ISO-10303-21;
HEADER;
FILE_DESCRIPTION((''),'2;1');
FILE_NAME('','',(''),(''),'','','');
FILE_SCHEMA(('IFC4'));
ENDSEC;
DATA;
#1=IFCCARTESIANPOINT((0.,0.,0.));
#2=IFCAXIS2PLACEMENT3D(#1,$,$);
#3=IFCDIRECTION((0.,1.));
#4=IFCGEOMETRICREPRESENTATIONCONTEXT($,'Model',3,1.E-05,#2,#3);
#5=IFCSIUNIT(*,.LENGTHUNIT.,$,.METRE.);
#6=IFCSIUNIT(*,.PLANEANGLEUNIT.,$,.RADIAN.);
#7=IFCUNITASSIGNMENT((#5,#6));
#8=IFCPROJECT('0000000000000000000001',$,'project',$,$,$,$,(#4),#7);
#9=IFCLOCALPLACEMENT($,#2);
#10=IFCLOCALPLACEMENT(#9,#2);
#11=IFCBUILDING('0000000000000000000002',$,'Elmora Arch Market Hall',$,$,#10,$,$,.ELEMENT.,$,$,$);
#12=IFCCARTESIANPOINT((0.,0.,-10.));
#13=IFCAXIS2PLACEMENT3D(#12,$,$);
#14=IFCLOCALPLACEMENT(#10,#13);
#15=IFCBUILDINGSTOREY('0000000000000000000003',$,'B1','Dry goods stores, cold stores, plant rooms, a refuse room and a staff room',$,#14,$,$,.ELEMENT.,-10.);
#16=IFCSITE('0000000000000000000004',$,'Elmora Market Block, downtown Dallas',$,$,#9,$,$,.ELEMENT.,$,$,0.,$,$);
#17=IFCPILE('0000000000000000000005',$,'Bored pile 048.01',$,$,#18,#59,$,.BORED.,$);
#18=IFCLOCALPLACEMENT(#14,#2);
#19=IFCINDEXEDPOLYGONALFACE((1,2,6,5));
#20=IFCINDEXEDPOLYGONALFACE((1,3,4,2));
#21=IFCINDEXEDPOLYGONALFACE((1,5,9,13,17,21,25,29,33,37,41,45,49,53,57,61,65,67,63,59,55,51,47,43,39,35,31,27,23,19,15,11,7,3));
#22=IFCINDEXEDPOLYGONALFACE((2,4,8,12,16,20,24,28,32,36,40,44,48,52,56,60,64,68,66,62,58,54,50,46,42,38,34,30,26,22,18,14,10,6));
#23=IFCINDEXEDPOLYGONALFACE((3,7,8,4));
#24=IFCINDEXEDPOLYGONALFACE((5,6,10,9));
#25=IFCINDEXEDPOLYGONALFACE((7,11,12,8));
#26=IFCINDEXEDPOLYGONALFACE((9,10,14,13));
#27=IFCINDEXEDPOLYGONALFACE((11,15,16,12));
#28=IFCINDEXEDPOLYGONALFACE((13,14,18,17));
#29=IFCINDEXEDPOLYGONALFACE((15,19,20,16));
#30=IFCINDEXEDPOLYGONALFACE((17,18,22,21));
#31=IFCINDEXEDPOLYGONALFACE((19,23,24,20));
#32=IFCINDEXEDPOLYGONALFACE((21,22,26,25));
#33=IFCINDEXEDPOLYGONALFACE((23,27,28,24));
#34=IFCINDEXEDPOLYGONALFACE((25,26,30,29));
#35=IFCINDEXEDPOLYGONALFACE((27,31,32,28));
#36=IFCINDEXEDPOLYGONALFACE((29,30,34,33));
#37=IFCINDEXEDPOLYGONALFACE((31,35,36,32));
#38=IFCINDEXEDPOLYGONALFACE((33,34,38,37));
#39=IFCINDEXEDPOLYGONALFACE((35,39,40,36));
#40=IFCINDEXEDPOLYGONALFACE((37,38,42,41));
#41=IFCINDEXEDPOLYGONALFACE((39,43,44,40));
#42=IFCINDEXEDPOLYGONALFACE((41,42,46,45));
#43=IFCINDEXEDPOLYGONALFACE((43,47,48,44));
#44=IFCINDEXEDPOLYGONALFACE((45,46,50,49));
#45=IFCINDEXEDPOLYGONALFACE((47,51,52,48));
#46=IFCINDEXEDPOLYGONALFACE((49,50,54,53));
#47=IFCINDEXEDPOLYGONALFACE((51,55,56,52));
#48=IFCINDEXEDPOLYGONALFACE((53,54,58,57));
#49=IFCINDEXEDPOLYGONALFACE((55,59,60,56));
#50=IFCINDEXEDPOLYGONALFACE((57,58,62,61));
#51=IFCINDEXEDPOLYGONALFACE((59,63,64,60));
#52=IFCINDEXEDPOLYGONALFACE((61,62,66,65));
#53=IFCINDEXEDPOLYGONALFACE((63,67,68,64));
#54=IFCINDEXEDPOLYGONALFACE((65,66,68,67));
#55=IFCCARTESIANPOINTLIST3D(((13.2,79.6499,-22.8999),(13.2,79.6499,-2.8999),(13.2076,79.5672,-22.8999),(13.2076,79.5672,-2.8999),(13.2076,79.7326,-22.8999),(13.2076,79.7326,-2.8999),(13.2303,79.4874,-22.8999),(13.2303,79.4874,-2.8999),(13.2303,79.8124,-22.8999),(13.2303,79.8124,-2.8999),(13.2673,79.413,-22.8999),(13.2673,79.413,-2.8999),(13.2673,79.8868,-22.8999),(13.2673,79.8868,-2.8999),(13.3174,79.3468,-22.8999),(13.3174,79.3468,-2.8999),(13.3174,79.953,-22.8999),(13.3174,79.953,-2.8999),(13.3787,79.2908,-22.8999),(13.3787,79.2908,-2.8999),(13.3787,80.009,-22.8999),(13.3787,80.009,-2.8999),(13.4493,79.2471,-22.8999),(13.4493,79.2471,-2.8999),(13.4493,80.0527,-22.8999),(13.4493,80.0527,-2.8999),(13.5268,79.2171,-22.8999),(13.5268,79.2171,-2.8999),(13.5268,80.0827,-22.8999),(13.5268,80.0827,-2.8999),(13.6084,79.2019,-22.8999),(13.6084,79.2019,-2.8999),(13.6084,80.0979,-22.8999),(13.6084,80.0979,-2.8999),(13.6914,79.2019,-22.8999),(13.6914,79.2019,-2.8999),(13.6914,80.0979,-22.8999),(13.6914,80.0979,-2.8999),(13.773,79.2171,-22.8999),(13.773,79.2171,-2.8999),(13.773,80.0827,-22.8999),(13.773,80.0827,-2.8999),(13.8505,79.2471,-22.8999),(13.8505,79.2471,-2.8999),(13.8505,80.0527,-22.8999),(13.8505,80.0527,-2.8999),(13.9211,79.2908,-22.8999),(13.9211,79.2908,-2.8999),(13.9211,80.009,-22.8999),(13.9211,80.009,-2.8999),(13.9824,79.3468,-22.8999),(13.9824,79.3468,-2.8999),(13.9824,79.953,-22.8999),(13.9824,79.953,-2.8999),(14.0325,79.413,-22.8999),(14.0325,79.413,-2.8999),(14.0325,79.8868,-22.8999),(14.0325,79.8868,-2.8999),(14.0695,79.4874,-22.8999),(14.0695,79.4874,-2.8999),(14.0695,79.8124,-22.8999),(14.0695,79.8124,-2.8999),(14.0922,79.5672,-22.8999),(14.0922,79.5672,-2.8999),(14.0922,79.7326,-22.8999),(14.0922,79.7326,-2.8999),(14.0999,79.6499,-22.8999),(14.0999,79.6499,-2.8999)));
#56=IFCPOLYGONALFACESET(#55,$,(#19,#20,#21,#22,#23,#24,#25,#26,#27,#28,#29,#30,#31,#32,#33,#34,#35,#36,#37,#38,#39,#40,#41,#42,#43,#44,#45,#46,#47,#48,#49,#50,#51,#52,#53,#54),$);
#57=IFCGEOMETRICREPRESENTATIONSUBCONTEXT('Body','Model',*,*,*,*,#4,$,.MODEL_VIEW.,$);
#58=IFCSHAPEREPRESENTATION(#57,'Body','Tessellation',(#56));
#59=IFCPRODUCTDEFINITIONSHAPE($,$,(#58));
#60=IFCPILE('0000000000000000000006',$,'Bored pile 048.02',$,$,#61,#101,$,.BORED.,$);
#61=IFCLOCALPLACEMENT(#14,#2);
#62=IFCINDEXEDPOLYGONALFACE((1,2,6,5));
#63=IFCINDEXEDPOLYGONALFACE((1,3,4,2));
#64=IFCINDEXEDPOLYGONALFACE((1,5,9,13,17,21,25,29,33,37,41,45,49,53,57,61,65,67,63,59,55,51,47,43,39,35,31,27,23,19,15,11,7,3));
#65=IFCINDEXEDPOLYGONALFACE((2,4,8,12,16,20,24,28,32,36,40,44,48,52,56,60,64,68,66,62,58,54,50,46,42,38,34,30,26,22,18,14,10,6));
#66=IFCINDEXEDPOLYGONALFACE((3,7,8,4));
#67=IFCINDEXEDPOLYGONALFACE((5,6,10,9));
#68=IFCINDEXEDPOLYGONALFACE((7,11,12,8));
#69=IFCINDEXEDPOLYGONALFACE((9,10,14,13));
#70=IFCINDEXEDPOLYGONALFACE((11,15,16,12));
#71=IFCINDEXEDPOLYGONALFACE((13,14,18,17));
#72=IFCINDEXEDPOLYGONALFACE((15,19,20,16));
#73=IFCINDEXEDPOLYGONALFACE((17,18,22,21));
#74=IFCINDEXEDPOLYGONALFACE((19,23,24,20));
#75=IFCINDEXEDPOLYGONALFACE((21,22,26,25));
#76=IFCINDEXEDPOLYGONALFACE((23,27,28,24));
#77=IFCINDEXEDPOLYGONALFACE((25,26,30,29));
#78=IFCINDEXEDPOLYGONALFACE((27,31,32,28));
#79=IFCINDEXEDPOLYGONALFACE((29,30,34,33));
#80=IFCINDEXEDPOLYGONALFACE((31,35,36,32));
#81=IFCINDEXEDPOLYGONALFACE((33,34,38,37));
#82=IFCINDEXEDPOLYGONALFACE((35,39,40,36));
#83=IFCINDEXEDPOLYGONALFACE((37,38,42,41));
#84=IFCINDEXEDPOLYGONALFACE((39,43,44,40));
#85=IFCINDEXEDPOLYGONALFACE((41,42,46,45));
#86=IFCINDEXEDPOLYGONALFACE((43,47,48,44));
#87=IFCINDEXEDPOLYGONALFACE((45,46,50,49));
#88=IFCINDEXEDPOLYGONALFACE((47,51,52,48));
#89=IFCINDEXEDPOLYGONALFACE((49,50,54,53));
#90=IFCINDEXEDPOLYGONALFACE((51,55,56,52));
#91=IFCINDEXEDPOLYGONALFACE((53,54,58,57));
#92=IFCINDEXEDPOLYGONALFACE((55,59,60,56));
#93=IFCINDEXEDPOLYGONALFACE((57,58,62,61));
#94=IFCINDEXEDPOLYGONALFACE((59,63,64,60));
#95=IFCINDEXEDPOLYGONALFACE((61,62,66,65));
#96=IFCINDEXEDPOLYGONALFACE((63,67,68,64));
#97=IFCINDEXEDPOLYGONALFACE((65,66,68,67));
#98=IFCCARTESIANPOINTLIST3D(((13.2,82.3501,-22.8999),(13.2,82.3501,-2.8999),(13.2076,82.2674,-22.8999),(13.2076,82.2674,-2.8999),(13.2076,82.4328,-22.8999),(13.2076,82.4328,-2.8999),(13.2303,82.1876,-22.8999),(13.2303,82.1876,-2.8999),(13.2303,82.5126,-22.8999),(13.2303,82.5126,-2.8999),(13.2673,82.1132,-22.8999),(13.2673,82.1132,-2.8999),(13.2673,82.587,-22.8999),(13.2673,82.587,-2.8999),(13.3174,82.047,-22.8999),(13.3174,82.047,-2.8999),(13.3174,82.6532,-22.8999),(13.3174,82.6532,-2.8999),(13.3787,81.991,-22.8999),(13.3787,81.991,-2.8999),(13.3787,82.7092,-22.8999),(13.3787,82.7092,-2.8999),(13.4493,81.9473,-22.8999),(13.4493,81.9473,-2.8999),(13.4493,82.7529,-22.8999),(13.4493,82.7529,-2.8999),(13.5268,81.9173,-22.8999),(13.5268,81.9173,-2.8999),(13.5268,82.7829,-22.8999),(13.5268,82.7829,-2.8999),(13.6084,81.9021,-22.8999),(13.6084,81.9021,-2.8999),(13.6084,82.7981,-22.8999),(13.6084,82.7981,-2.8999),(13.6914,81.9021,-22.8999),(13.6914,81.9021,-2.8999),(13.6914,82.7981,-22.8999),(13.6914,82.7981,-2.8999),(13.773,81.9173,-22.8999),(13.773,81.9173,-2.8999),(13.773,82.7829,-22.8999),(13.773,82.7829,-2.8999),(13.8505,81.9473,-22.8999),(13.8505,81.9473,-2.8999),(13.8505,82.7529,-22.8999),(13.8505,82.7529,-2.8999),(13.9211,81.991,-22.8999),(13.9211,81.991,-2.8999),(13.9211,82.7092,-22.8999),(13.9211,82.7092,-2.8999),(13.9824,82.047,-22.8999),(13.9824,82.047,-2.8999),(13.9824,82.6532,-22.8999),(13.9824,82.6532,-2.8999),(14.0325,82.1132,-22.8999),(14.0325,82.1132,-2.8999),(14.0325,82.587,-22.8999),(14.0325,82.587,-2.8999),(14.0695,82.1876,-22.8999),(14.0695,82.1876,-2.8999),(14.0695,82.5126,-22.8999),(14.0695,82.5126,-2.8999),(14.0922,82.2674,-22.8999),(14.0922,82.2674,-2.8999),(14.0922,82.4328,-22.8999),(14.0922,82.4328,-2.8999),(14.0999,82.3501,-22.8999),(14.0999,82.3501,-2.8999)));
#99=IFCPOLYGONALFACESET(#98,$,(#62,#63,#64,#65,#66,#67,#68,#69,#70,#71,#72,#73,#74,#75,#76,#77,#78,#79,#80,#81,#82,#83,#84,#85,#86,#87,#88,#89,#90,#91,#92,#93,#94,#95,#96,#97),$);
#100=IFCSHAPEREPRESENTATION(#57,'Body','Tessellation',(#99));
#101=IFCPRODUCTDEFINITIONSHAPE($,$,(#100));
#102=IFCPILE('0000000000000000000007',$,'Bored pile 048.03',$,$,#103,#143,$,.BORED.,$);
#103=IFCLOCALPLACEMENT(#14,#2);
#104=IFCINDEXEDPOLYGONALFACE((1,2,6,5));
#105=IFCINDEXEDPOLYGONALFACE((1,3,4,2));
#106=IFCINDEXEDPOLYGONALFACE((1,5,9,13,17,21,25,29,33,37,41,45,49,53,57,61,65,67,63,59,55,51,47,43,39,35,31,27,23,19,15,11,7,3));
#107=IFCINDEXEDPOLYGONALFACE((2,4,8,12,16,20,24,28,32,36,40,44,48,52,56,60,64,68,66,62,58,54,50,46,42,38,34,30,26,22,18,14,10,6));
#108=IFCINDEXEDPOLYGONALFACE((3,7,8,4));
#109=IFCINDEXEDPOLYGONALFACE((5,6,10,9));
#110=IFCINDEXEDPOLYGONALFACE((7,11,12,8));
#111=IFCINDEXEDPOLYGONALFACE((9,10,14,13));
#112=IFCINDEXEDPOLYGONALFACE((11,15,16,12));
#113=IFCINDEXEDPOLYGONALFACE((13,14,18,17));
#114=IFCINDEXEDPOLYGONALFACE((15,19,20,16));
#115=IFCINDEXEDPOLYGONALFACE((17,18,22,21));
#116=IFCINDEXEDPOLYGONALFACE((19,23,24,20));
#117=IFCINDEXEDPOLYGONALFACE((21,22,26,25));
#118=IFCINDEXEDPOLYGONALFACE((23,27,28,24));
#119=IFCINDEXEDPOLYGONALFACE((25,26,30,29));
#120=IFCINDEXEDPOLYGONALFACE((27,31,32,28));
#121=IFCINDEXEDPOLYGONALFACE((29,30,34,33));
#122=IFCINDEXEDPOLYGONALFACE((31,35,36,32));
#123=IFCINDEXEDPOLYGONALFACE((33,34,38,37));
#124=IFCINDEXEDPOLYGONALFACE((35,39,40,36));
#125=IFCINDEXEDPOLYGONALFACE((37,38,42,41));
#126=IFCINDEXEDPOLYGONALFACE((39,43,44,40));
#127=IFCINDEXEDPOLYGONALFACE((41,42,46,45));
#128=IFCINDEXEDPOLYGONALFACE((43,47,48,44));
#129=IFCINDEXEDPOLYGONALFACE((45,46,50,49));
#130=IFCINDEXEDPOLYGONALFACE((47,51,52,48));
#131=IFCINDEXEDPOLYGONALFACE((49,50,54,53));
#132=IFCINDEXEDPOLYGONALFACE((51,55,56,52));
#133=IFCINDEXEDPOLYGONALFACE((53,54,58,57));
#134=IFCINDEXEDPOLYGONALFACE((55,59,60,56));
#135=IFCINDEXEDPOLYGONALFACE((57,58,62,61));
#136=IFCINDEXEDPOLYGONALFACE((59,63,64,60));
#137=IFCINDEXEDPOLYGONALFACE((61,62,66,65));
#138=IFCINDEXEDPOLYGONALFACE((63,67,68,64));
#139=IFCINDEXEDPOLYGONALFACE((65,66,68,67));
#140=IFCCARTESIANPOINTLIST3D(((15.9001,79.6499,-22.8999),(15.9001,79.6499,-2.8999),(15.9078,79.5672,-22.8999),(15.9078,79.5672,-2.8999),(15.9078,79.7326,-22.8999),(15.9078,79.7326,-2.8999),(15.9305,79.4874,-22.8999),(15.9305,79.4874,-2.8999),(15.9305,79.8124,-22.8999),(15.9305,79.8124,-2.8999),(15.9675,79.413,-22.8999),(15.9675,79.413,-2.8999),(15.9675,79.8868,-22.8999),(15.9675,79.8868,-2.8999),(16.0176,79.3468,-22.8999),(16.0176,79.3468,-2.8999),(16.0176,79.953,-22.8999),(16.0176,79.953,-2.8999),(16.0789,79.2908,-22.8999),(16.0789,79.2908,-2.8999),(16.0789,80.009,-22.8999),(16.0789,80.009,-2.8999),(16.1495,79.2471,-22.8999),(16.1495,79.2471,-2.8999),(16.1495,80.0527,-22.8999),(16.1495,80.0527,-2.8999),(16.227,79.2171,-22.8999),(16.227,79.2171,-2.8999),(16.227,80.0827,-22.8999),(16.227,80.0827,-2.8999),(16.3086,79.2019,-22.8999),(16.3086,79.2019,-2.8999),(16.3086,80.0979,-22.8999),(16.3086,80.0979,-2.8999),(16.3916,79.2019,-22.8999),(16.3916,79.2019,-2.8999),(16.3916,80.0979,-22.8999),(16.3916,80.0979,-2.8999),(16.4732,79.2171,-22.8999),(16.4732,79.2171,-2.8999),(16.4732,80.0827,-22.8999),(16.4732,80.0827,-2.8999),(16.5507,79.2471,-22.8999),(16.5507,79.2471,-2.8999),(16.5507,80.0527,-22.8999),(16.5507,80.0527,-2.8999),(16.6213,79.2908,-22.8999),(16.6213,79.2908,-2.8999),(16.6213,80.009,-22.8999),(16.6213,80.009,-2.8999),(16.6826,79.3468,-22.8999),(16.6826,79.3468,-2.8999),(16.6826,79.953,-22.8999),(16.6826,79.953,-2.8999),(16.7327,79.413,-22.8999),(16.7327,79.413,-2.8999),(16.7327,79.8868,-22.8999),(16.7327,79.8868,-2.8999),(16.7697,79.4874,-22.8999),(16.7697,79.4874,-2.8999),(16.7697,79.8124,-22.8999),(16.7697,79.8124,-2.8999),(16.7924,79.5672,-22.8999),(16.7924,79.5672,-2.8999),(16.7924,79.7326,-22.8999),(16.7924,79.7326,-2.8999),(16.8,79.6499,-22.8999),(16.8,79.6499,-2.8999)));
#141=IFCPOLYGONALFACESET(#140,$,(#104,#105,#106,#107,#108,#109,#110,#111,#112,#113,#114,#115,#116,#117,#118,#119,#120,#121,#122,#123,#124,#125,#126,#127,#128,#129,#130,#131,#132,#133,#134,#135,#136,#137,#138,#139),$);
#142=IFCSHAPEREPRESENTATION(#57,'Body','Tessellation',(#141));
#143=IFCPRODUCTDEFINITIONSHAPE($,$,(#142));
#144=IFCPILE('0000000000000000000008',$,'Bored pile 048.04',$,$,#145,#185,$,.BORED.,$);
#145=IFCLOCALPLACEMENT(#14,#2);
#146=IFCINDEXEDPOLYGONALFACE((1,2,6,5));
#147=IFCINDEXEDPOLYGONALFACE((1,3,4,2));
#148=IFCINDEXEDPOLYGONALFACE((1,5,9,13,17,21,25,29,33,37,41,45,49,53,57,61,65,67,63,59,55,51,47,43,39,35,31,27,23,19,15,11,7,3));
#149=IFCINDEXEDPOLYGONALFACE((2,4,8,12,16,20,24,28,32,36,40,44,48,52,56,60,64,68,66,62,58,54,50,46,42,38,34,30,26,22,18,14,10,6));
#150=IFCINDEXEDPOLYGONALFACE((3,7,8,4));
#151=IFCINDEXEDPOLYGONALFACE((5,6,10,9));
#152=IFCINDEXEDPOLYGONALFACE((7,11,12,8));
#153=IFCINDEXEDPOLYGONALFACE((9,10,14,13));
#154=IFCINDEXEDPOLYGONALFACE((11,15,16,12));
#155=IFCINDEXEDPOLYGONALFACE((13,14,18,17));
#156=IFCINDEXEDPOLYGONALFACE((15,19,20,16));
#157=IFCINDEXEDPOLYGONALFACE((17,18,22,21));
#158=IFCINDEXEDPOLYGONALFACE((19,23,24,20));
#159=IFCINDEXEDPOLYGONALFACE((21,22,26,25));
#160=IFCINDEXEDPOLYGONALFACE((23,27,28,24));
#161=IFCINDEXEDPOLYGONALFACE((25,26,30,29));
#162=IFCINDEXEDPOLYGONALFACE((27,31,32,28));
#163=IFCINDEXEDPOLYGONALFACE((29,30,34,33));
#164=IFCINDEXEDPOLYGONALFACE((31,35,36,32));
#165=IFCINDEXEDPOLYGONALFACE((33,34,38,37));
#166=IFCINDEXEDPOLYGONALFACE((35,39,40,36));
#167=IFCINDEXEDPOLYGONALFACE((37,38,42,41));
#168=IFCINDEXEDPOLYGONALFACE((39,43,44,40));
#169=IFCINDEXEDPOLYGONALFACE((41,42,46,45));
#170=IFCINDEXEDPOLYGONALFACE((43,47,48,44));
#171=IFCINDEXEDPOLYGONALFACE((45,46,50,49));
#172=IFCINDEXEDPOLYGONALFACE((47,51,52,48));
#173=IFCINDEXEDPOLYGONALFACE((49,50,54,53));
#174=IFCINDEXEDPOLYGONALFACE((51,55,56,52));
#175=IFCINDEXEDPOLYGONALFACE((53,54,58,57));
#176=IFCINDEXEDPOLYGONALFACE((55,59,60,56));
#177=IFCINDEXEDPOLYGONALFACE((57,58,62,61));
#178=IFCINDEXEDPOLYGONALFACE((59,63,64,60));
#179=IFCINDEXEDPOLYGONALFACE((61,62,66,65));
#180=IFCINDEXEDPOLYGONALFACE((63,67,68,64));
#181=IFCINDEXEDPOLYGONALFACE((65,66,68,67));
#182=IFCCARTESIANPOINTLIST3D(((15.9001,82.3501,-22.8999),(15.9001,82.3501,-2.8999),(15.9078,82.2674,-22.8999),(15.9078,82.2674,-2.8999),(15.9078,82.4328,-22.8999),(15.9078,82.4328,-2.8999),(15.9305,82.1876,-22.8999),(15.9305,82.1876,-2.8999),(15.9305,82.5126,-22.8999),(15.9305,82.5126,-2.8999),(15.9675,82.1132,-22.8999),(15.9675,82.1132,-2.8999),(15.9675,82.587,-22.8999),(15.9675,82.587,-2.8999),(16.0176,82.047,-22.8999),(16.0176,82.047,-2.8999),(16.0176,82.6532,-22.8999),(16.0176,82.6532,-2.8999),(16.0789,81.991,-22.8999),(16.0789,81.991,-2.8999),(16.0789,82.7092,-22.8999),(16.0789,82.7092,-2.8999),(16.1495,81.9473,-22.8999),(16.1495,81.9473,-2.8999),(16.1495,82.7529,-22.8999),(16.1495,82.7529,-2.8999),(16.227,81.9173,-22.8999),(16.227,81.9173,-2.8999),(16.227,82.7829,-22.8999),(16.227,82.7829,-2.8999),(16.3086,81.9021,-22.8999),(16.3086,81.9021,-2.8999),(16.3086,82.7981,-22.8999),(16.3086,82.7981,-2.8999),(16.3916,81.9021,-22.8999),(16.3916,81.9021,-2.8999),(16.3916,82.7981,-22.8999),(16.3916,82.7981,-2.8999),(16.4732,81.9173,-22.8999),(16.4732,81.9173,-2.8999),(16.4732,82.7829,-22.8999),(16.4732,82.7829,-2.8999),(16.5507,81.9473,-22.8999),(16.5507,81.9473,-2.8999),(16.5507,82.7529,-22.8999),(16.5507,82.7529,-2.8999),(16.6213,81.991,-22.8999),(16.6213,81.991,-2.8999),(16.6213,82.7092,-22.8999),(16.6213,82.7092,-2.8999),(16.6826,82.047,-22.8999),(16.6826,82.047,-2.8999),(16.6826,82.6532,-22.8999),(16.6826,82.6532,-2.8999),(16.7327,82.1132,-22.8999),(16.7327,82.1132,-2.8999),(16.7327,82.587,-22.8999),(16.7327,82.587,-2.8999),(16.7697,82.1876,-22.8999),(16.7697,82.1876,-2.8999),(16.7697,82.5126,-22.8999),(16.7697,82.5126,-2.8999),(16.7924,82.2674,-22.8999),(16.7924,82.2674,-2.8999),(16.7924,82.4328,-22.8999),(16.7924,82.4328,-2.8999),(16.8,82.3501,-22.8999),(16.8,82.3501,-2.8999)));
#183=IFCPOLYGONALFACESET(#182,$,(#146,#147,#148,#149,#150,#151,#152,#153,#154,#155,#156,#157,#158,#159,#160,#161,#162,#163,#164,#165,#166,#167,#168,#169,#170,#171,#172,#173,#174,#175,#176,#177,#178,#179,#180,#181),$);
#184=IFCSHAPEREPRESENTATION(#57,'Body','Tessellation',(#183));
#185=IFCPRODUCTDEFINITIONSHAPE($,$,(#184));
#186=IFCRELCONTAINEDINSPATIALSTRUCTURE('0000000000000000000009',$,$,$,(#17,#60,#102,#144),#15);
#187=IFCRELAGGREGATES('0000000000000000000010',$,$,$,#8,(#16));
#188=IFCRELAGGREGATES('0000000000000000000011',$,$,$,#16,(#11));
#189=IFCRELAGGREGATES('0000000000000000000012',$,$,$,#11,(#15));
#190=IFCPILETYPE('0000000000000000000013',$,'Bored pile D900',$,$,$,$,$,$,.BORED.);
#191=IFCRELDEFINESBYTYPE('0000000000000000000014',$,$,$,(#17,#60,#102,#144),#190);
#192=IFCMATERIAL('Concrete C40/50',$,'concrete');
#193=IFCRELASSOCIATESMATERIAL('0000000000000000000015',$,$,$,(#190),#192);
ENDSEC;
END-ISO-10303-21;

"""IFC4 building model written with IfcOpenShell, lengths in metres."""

from ifc_helpers import new_model, si_unit, direction, frame, origin, origin_2d, place, context, subcontext, project, spatial, circle, extrude, material, material_profile, profile_set, type_object, element, save


model = new_model("IFC4")

# Units and contexts
model_context = context("Model", 3, precision=1e-05, world=origin(), true_north=direction((0.0, 1.0)))
body_context = subcontext(model_context, "Body", "Model", "MODEL_VIEW")
ifc_project = project(units=[si_unit("LENGTHUNIT", "METRE"), si_unit("PLANEANGLEUNIT", "RADIAN")], contexts=[model_context])

# Site, building, storey
site_placement = place(None, origin())
site = spatial("IfcSite", under=ifc_project, at=site_placement, Name="Elmora Market Block, downtown Dallas", CompositionType="ELEMENT", RefElevation=0.0)
building_placement = place(site_placement, origin())
building = spatial("IfcBuilding", under=site, at=building_placement, Name="Elmora Arch Market Hall", CompositionType="ELEMENT")
storey_placement = place(building_placement, frame((0.0, 0.0, -10.0)))
storey = spatial("IfcBuildingStorey", under=building, at=storey_placement, Name="B1", Description="Dry goods stores, cold stores, plant rooms, a refuse room and a staff room", CompositionType="ELEMENT", Elevation=-10.0)

# Piles
ifc_material_1 = material(Name="Concrete C40/50", Category="concrete")
ifc_material_profile_1 = material_profile(ifc_material_1, circle(Radius=0.45, at=origin_2d()), Name="Bored pile D900")
ifc_profile_set_1 = profile_set([ifc_material_profile_1], Name="Concrete C40/50")
pile_type = type_object("IfcPileType", Name="Bored pile D900", PredefinedType="BORED", material=ifc_profile_set_1)
for number, where, z_axis, x_axis, name in (
    (1, (13.6499, 79.6499, -2.8999), (0.0, 0.0, -1.0), (1.0, 0.0, 0.0), "Bored pile 048.01"),
    (2, (13.6499, 82.3501, -2.8999), (0.0, 0.0, -1.0), (1.0, 0.0, 0.0), "Bored pile 048.02"),
    (3, (16.3501, 79.6499, -2.8999), (0.0, 0.0, -1.0), (1.0, 0.0, 0.0), "Bored pile 048.03"),
    (4, (16.3501, 82.3501, -2.8999), (0.0, 0.0, -1.0), (1.0, 0.0, 0.0), "Bored pile 048.04"),
):
    element("IfcPile", number, at=place(storey_placement, frame(where, z_axis=z_axis, x_axis=x_axis)), inside=storey, type_object=pile_type, Name=name, PredefinedType="BORED", context=body_context, shape_type="SweptSolid", body=[
        extrude(circle(Radius=0.45, at=origin_2d()), origin(), (0.0, 0.0, 1.0), 20.0),
    ])

save(model, "model.ifc")
